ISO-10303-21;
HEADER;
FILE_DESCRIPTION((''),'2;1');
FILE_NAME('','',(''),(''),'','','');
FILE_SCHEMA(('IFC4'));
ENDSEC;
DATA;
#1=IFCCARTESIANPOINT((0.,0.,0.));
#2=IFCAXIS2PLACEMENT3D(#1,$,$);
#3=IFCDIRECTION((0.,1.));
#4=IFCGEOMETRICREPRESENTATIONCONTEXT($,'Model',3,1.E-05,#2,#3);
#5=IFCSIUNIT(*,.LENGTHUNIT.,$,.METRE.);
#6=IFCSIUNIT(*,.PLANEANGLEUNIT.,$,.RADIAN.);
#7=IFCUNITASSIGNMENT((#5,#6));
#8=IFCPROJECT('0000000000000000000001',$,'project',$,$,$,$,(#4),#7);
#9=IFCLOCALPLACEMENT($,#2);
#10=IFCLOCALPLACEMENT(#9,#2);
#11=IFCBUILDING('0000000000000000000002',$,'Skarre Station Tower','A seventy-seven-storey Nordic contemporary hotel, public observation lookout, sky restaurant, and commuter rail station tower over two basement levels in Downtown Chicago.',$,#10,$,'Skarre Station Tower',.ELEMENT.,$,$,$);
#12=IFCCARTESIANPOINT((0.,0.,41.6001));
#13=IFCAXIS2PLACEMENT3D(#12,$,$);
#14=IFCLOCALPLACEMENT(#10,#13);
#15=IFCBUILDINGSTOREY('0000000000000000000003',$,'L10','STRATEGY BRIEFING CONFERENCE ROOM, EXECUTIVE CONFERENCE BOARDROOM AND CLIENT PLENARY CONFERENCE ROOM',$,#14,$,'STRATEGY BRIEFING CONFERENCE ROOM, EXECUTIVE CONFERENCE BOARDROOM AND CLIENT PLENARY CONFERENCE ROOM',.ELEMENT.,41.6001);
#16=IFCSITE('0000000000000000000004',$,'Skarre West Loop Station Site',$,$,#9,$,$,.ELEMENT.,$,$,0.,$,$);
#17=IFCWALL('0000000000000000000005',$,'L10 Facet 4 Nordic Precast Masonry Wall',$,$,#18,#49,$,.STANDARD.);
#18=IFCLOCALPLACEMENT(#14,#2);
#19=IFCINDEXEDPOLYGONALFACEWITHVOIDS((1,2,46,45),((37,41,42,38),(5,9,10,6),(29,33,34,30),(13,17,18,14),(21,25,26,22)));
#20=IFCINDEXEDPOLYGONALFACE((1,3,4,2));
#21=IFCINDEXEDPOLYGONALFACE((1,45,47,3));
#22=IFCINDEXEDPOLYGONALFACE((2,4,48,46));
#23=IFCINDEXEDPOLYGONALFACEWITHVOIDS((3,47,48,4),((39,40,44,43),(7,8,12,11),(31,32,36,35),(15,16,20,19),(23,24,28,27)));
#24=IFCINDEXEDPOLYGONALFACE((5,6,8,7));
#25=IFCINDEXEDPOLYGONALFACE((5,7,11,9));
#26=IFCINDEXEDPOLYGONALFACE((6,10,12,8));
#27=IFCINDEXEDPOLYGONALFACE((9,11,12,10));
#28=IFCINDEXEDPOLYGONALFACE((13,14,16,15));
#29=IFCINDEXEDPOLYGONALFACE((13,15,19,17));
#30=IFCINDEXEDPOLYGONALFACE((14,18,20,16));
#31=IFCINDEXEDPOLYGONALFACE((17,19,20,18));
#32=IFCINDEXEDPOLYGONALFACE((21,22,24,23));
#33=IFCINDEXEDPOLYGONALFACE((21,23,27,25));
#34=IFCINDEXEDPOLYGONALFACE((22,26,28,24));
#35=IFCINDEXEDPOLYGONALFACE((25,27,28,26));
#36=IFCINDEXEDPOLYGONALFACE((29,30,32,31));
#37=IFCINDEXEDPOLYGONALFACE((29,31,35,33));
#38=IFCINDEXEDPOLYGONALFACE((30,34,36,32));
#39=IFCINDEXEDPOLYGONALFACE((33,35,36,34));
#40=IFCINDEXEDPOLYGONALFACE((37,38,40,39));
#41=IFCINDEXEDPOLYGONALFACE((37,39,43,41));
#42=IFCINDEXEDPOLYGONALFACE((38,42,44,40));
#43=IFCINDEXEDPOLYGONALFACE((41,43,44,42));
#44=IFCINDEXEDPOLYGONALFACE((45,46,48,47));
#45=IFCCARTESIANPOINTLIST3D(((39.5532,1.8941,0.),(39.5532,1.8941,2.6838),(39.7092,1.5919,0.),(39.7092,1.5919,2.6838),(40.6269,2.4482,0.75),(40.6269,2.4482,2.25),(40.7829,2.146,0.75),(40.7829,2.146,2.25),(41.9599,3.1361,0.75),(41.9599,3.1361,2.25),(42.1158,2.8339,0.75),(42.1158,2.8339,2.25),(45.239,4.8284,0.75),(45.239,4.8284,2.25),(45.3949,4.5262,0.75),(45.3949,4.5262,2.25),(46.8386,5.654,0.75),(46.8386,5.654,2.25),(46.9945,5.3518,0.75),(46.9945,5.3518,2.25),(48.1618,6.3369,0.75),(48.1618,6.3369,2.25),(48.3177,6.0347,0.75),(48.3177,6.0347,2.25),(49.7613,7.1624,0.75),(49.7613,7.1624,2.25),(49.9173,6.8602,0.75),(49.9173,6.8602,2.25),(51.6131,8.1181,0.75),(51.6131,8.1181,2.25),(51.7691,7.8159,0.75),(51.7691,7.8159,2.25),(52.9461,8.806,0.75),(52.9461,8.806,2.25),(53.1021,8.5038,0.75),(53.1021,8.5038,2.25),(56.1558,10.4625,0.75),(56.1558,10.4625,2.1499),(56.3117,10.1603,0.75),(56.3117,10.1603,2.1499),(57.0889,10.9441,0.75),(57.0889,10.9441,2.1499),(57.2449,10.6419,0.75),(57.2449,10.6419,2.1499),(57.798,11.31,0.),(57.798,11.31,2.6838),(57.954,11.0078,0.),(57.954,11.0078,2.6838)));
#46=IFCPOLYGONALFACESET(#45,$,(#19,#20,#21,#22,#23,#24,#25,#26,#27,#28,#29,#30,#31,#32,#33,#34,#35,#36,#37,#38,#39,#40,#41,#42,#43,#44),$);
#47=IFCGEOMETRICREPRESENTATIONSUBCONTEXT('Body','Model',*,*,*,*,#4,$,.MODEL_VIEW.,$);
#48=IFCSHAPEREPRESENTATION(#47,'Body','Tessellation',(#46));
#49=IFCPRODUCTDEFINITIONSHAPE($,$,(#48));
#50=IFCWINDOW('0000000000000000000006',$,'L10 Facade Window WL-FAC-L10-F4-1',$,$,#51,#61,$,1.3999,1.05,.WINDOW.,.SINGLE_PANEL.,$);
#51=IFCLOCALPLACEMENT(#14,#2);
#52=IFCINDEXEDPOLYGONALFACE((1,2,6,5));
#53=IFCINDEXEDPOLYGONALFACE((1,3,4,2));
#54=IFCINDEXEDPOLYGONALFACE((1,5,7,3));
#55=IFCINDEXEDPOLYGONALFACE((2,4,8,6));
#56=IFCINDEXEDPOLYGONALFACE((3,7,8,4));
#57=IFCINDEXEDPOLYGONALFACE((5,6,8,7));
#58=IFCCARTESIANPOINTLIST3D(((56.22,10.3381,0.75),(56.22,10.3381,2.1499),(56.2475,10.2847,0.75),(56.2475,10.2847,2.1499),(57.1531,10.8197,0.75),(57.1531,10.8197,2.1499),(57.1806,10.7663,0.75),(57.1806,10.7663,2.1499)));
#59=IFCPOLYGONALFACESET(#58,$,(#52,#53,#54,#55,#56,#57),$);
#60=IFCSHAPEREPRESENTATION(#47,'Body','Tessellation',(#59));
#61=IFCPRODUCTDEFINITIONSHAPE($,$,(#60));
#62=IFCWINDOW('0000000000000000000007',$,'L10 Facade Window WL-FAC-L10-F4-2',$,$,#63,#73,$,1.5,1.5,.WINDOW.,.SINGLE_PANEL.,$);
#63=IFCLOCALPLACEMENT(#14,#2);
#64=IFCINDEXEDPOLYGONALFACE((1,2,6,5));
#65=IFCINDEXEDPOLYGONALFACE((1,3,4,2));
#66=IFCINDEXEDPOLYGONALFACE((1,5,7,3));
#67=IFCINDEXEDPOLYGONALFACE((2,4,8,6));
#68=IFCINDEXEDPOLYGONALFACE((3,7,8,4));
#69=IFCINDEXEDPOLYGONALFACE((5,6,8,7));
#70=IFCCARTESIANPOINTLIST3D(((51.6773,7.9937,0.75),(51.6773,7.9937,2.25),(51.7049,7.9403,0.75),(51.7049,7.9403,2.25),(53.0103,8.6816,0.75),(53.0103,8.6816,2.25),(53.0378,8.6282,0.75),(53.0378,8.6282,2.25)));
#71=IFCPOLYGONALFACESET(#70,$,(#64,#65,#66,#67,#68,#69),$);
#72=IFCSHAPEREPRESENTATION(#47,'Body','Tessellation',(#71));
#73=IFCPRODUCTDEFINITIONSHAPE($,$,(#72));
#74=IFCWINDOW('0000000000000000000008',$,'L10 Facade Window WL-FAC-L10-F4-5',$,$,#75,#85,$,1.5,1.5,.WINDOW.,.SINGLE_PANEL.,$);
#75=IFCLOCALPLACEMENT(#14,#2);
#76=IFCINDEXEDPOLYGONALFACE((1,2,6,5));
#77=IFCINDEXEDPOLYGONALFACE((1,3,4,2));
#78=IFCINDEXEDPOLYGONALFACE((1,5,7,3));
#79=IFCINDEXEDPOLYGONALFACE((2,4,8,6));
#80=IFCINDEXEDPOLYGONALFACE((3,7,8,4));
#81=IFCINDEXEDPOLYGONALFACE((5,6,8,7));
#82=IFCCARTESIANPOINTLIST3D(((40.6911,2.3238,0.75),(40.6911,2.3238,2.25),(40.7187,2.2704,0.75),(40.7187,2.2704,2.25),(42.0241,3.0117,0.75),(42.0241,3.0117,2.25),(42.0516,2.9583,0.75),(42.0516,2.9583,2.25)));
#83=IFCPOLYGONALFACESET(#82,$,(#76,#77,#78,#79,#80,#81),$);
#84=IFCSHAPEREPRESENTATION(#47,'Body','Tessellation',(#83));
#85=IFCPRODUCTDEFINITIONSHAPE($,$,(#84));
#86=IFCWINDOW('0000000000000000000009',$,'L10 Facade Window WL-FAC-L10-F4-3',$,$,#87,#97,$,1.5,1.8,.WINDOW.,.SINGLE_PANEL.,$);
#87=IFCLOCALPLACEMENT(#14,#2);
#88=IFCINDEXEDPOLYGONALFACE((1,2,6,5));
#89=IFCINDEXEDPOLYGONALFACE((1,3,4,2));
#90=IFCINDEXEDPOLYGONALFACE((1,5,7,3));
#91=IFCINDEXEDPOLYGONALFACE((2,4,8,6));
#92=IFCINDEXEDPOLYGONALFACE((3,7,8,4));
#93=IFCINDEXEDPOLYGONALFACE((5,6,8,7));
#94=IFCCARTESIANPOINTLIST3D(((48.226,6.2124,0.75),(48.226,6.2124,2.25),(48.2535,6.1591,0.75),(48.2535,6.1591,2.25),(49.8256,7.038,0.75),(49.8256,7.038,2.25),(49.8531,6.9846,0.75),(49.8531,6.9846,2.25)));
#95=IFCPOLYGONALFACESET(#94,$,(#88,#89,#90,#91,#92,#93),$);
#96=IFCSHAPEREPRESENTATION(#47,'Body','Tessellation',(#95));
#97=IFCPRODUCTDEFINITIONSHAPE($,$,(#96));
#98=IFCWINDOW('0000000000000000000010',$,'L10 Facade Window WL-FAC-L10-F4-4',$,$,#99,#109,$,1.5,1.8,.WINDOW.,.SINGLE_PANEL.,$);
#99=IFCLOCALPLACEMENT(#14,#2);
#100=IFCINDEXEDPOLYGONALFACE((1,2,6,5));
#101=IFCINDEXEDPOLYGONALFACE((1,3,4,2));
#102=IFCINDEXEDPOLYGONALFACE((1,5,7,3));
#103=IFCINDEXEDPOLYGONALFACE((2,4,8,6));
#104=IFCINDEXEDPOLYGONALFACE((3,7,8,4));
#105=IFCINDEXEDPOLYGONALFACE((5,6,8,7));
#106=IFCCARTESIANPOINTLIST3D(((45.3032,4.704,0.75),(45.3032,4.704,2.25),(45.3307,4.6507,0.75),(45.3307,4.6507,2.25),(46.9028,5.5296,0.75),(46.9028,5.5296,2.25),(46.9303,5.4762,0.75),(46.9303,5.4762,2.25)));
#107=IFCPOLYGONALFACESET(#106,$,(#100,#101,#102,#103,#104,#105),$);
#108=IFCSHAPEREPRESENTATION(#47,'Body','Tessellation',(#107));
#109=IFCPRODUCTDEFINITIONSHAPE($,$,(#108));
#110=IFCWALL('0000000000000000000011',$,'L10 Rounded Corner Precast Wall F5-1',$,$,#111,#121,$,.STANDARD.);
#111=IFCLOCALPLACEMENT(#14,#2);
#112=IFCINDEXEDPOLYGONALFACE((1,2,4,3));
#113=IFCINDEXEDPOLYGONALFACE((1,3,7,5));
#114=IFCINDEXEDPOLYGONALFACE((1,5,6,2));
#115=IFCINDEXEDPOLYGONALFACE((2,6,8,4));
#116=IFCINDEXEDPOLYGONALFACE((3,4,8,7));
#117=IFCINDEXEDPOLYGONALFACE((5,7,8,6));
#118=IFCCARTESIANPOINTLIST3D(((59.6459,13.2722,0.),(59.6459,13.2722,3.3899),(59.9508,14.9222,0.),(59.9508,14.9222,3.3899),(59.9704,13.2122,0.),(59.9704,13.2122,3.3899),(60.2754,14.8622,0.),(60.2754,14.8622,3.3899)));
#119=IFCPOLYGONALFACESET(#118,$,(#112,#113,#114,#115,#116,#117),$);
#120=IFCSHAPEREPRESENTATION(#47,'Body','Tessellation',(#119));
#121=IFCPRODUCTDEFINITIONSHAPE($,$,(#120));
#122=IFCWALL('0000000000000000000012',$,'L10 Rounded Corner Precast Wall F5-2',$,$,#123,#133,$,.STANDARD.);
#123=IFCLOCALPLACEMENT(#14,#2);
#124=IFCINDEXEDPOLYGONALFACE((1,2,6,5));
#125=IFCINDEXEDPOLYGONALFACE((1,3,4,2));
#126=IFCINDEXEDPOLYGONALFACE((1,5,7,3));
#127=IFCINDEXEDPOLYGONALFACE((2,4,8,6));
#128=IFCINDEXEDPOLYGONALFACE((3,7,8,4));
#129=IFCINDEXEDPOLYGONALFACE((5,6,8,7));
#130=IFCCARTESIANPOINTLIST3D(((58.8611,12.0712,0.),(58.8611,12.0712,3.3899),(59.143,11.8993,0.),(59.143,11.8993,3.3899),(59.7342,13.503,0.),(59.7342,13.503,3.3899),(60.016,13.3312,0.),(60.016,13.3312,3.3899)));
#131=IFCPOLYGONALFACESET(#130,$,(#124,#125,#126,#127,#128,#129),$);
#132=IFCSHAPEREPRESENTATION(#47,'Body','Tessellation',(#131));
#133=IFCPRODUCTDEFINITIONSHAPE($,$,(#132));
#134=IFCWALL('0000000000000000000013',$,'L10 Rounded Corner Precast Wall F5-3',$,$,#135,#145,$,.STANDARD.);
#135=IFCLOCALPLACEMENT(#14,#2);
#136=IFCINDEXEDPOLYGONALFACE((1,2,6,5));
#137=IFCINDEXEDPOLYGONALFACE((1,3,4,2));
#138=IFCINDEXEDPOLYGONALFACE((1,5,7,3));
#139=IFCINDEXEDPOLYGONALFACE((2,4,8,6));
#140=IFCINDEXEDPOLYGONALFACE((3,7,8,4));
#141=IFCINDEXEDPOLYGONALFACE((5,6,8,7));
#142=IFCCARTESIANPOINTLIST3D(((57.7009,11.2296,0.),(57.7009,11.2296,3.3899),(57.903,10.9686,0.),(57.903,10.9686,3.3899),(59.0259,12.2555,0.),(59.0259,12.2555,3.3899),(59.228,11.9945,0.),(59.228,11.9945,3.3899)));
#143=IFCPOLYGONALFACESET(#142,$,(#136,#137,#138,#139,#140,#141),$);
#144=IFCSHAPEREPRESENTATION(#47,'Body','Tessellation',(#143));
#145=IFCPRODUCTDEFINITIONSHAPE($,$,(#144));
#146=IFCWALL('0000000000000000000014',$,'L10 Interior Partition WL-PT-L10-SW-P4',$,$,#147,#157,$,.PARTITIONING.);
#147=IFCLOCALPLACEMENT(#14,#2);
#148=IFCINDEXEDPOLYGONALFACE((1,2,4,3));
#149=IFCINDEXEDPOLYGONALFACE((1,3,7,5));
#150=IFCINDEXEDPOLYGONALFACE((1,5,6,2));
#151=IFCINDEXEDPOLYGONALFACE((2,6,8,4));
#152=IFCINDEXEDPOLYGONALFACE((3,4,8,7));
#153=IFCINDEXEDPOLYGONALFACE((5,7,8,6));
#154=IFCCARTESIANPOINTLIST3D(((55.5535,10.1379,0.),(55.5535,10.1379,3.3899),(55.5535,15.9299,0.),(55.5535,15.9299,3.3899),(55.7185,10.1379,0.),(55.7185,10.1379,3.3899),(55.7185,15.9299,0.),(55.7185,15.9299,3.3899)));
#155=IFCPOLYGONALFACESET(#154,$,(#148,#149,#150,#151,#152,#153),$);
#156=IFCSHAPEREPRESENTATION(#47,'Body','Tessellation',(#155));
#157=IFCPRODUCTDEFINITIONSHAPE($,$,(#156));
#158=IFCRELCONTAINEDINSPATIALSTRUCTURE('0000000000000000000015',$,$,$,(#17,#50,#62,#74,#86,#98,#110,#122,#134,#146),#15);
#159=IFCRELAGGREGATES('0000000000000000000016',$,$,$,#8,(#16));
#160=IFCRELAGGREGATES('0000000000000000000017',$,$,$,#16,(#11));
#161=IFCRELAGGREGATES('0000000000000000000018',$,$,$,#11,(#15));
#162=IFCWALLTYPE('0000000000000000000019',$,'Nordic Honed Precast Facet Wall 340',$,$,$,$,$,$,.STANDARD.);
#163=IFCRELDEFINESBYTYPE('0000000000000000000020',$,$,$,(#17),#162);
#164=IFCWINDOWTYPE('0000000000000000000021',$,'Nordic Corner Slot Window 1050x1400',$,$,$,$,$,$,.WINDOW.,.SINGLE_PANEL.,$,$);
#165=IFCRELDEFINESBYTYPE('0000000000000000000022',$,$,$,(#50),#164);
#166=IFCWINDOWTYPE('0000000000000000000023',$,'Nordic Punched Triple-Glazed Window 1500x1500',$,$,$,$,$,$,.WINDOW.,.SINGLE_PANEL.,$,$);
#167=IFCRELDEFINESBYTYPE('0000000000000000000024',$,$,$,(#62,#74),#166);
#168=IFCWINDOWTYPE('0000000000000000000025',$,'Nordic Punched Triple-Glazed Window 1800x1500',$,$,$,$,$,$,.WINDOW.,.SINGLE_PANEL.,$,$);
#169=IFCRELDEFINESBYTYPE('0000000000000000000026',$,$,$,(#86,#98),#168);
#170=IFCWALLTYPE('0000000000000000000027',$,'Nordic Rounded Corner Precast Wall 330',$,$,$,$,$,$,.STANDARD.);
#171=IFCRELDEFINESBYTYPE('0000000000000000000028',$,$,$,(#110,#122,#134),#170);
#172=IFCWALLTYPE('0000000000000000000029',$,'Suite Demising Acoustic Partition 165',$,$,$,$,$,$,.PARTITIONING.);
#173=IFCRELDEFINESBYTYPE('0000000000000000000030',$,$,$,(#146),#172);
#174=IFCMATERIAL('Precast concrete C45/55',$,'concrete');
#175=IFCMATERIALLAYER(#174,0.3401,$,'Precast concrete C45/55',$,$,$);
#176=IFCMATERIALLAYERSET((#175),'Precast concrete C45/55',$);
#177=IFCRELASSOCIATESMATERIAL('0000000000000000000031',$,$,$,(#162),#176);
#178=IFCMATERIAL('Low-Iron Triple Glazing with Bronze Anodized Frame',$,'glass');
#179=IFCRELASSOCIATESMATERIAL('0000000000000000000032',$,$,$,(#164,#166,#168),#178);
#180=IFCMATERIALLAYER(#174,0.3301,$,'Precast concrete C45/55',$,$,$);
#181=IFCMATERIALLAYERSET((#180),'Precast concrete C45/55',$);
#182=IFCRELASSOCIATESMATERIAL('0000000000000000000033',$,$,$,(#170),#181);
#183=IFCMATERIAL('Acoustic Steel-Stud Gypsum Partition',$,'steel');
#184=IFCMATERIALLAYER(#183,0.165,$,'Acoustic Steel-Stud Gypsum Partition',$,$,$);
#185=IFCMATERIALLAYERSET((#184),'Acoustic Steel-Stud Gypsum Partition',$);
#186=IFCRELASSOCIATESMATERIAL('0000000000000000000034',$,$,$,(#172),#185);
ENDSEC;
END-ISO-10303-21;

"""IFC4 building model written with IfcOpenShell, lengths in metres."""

from ifc_helpers import new_model, si_unit, direction, frame, frame_2d, origin, place, context, subcontext, project, spatial, rectangle, extrude, material, layer, layer_set, type_object, element, fill, save


model = new_model("IFC4")

# Units and contexts
model_context = context("Model", 3, precision=1e-05, world=origin(), true_north=direction((0.0, 1.0)))
body_context = subcontext(model_context, "Body", "Model", "MODEL_VIEW")
ifc_project = project(units=[si_unit("LENGTHUNIT", "METRE"), si_unit("PLANEANGLEUNIT", "RADIAN")], contexts=[model_context])

# Site, building, storey
site_placement = place(None, origin())
site = spatial("IfcSite", under=ifc_project, at=site_placement, Name="Skarre West Loop Station Site", CompositionType="ELEMENT", RefElevation=0.0)
building_placement = place(site_placement, origin())
building = spatial("IfcBuilding", under=site, at=building_placement, Name="Skarre Station Tower", Description="A seventy-seven-storey Nordic contemporary hotel, public observation lookout, sky restaurant, and commuter rail station tower over two basement levels in Downtown Chicago.", LongName="Skarre Station Tower", CompositionType="ELEMENT")
storey_placement = place(building_placement, frame((0.0, 0.0, 41.6001)))
storey = spatial("IfcBuildingStorey", under=building, at=storey_placement, Name="L10", Description="STRATEGY BRIEFING CONFERENCE ROOM, EXECUTIVE CONFERENCE BOARDROOM AND CLIENT PLENARY CONFERENCE ROOM", LongName="STRATEGY BRIEFING CONFERENCE ROOM, EXECUTIVE CONFERENCE BOARDROOM AND CLIENT PLENARY CONFERENCE ROOM", CompositionType="ELEMENT", Elevation=41.6001)

# Shared definitions
ifc_material_1 = material(Name="Acoustic Steel-Stud Gypsum Partition", Category="steel")

# Wall, openings, windows
ifc_material_2 = material(Name="Precast concrete C45/55", Category="concrete")
ifc_layer_1 = layer(ifc_material_2, 0.3401, Name="Precast concrete C45/55")
ifc_layer_set_1 = layer_set([ifc_layer_1], Name="Precast concrete C45/55")
wall_type_1 = type_object("IfcWallType", Name="Nordic Honed Precast Facet Wall 340", PredefinedType="STANDARD", material=ifc_layer_set_1)
wall_1_placement = place(storey_placement, frame((57.876, 11.1589, 0.0), z_axis=(0.0, 0.0, 1.0), x_axis=(-0.888634, -0.458616, 0.0)))
wall_1 = element("IfcWall", 1, at=wall_1_placement, inside=storey, type_object=wall_type_1, Name="L10 Facet 4 Nordic Precast Masonry Wall", PredefinedType="STANDARD", context=body_context, shape_type="SweptSolid", body=[
    extrude(rectangle(XDim=20.5312, YDim=0.3401, at=frame_2d((10.2656, 0.0))), origin(), (0.0, 0.0, 1.0), 2.6838),
])
opening_1_placement = place(wall_1_placement, frame((0.7981, 0.0, 0.75)))
opening_1 = element("IfcOpeningElement", 2, at=opening_1_placement, cuts=wall_1, PredefinedType="OPENING", context=body_context, shape_type="SweptSolid", body=[
    extrude(rectangle(XDim=1.05, YDim=1.3999, at=frame_2d((0.5249, 0.7))), frame((0.0, 0.1799, 0.0), z_axis=(0.0, -1.0, 0.0), x_axis=(1.0, 0.0, 0.0)), (0.0, 0.0, 1.0), 0.3601),
])
opening_2_placement = place(wall_1_placement, frame((5.46, 0.0, 0.75)))
opening_2 = element("IfcOpeningElement", 3, at=opening_2_placement, cuts=wall_1, PredefinedType="OPENING", context=body_context, shape_type="SweptSolid", body=[
    extrude(rectangle(XDim=1.5, YDim=1.5, at=frame_2d((0.75, 0.75))), frame((0.0, 0.1799, 0.0), z_axis=(0.0, -1.0, 0.0), x_axis=(1.0, 0.0, 0.0)), (0.0, 0.0, 1.0), 0.3601),
])
opening_3_placement = place(wall_1_placement, frame((9.0439, 0.0, 0.75)))
opening_3 = element("IfcOpeningElement", 4, at=opening_3_placement, cuts=wall_1, PredefinedType="OPENING", context=body_context, shape_type="SweptSolid", body=[
    extrude(rectangle(XDim=1.8, YDim=1.5, at=frame_2d((0.8999, 0.75))), frame((0.0, 0.1799, 0.0), z_axis=(0.0, -1.0, 0.0), x_axis=(1.0, 0.0, 0.0)), (0.0, 0.0, 1.0), 0.3601),
])
opening_4_placement = place(wall_1_placement, frame((12.333, 0.0, 0.75)))
opening_4 = element("IfcOpeningElement", 5, at=opening_4_placement, cuts=wall_1, PredefinedType="OPENING", context=body_context, shape_type="SweptSolid", body=[
    extrude(rectangle(XDim=1.8, YDim=1.5, at=frame_2d((0.8999, 0.75))), frame((0.0, 0.1799, 0.0), z_axis=(0.0, -1.0, 0.0), x_axis=(1.0, 0.0, 0.0)), (0.0, 0.0, 1.0), 0.3601),
])
opening_5_placement = place(wall_1_placement, frame((17.823, 0.0, 0.75)))
opening_5 = element("IfcOpeningElement", 6, at=opening_5_placement, cuts=wall_1, PredefinedType="OPENING", context=body_context, shape_type="SweptSolid", body=[
    extrude(rectangle(XDim=1.5, YDim=1.5, at=frame_2d((0.75, 0.75))), frame((0.0, 0.1799, 0.0), z_axis=(0.0, -1.0, 0.0), x_axis=(1.0, 0.0, 0.0)), (0.0, 0.0, 1.0), 0.3601),
])
ifc_material_3 = material(Name="Low-Iron Triple Glazing with Bronze Anodized Frame", Category="glass")
window_type_1 = type_object("IfcWindowType", Name="Nordic Corner Slot Window 1050x1400", PartitioningType="SINGLE_PANEL", PredefinedType="WINDOW", material=ifc_material_3)
window_1_placement = place(opening_1_placement, origin())
window_1 = element("IfcWindow", 7, at=window_1_placement, inside=storey, type_object=window_type_1, Name="L10 Facade Window WL-FAC-L10-F4-1", OverallHeight=1.3999, OverallWidth=1.05, PartitioningType="SINGLE_PANEL", PredefinedType="WINDOW", context=body_context, shape_type="SweptSolid", body=[
    extrude(rectangle(XDim=1.05, YDim=1.3999, at=frame_2d((0.5249, 0.7))), frame((0.0, 0.03, 0.0), z_axis=(0.0, -1.0, 0.0), x_axis=(1.0, 0.0, 0.0)), (0.0, 0.0, 1.0), 0.0601),
])
fill(opening_1, window_1)
window_type_2 = type_object("IfcWindowType", Name="Nordic Punched Triple-Glazed Window 1500x1500", PartitioningType="SINGLE_PANEL", PredefinedType="WINDOW", material=ifc_material_3)
window_2_placement = place(opening_2_placement, origin())
window_2 = element("IfcWindow", 8, at=window_2_placement, inside=storey, type_object=window_type_2, Name="L10 Facade Window WL-FAC-L10-F4-2", OverallHeight=1.5, OverallWidth=1.5, PartitioningType="SINGLE_PANEL", PredefinedType="WINDOW", context=body_context, shape_type="SweptSolid", body=[
    extrude(rectangle(XDim=1.5, YDim=1.5, at=frame_2d((0.75, 0.75))), frame((0.0, 0.03, 0.0), z_axis=(0.0, -1.0, 0.0), x_axis=(1.0, 0.0, 0.0)), (0.0, 0.0, 1.0), 0.0601),
])
fill(opening_2, window_2)
window_3_placement = place(opening_5_placement, origin())
window_3 = element("IfcWindow", 9, at=window_3_placement, inside=storey, type_object=window_type_2, Name="L10 Facade Window WL-FAC-L10-F4-5", OverallHeight=1.5, OverallWidth=1.5, PartitioningType="SINGLE_PANEL", PredefinedType="WINDOW", context=body_context, shape_type="SweptSolid", body=[
    extrude(rectangle(XDim=1.5, YDim=1.5, at=frame_2d((0.75, 0.75))), frame((0.0, 0.03, 0.0), z_axis=(0.0, -1.0, 0.0), x_axis=(1.0, 0.0, 0.0)), (0.0, 0.0, 1.0), 0.0601),
])
fill(opening_5, window_3)
window_type_3 = type_object("IfcWindowType", Name="Nordic Punched Triple-Glazed Window 1800x1500", PartitioningType="SINGLE_PANEL", PredefinedType="WINDOW", material=ifc_material_3)
window_4_placement = place(opening_3_placement, origin())
window_4 = element("IfcWindow", 10, at=window_4_placement, inside=storey, type_object=window_type_3, Name="L10 Facade Window WL-FAC-L10-F4-3", OverallHeight=1.5, OverallWidth=1.8, PartitioningType="SINGLE_PANEL", PredefinedType="WINDOW", context=body_context, shape_type="SweptSolid", body=[
    extrude(rectangle(XDim=1.8, YDim=1.5, at=frame_2d((0.8999, 0.75))), frame((0.0, 0.03, 0.0), z_axis=(0.0, -1.0, 0.0), x_axis=(1.0, 0.0, 0.0)), (0.0, 0.0, 1.0), 0.0601),
])
fill(opening_3, window_4)
window_5_placement = place(opening_4_placement, origin())
window_5 = element("IfcWindow", 11, at=window_5_placement, inside=storey, type_object=window_type_3, Name="L10 Facade Window WL-FAC-L10-F4-4", OverallHeight=1.5, OverallWidth=1.8, PartitioningType="SINGLE_PANEL", PredefinedType="WINDOW", context=body_context, shape_type="SweptSolid", body=[
    extrude(rectangle(XDim=1.8, YDim=1.5, at=frame_2d((0.8999, 0.75))), frame((0.0, 0.03, 0.0), z_axis=(0.0, -1.0, 0.0), x_axis=(1.0, 0.0, 0.0)), (0.0, 0.0, 1.0), 0.0601),
])
fill(opening_4, window_5)

# Walls
ifc_layer_2 = layer(ifc_material_2, 0.3301, Name="Precast concrete C45/55")
ifc_layer_set_2 = layer_set([ifc_layer_2], Name="Precast concrete C45/55")
wall_type_2 = type_object("IfcWallType", Name="Nordic Rounded Corner Precast Wall 330", PredefinedType="STANDARD", material=ifc_layer_set_2)
wall_2_placement = place(storey_placement, frame((60.113, 14.8921, 0.0), z_axis=(0.0, 0.0, 1.0), x_axis=(-0.181714, -0.983351, 0.0)))
element("IfcWall", 12, at=wall_2_placement, inside=storey, type_object=wall_type_2, Name="L10 Rounded Corner Precast Wall F5-1", PredefinedType="STANDARD", context=body_context, shape_type="SweptSolid", body=[
    extrude(rectangle(XDim=1.678, YDim=0.3301, at=frame_2d((0.8389, 0.0))), origin(), (0.0, 0.0, 1.0), 3.3899),
])
wall_3_placement = place(storey_placement, frame((59.875, 13.417, 0.0), z_axis=(0.0, 0.0, 1.0), x_axis=(-0.520584, -0.85381, 0.0)))
element("IfcWall", 13, at=wall_3_placement, inside=storey, type_object=wall_type_2, Name="L10 Rounded Corner Precast Wall F5-2", PredefinedType="STANDARD", context=body_context, shape_type="SweptSolid", body=[
    extrude(rectangle(XDim=1.677, YDim=0.3301, at=frame_2d((0.8384, 0.0))), origin(), (0.0, 0.0, 1.0), 3.3899),
])
wall_4_placement = place(storey_placement, frame((59.127, 12.125, 0.0), z_axis=(0.0, 0.0, 1.0), x_axis=(-0.790692, -0.612214, 0.0)))
element("IfcWall", 14, at=wall_4_placement, inside=storey, type_object=wall_type_2, Name="L10 Rounded Corner Precast Wall F5-3", PredefinedType="STANDARD", context=body_context, shape_type="SweptSolid", body=[
    extrude(rectangle(XDim=1.6758, YDim=0.3301, at=frame_2d((0.8379, 0.0))), origin(), (0.0, 0.0, 1.0), 3.3899),
])
ifc_layer_3 = layer(ifc_material_1, 0.165, Name="Acoustic Steel-Stud Gypsum Partition")
ifc_layer_set_3 = layer_set([ifc_layer_3], Name="Acoustic Steel-Stud Gypsum Partition")
wall_type_3 = type_object("IfcWallType", Name="Suite Demising Acoustic Partition 165", PredefinedType="PARTITIONING", material=ifc_layer_set_3)
wall_5_placement = place(storey_placement, frame((55.636, 10.1379, 0.0), z_axis=(0.0, 0.0, 1.0), x_axis=(0.0, 1.0, 0.0)))
element("IfcWall", 15, at=wall_5_placement, inside=storey, type_object=wall_type_3, Name="L10 Interior Partition WL-PT-L10-SW-P4", PredefinedType="PARTITIONING", context=body_context, shape_type="SweptSolid", body=[
    extrude(rectangle(XDim=5.792, YDim=0.165, at=frame_2d((2.896, 0.0))), origin(), (0.0, 0.0, 1.0), 3.3899),
])

save(model, "model.ifc")
